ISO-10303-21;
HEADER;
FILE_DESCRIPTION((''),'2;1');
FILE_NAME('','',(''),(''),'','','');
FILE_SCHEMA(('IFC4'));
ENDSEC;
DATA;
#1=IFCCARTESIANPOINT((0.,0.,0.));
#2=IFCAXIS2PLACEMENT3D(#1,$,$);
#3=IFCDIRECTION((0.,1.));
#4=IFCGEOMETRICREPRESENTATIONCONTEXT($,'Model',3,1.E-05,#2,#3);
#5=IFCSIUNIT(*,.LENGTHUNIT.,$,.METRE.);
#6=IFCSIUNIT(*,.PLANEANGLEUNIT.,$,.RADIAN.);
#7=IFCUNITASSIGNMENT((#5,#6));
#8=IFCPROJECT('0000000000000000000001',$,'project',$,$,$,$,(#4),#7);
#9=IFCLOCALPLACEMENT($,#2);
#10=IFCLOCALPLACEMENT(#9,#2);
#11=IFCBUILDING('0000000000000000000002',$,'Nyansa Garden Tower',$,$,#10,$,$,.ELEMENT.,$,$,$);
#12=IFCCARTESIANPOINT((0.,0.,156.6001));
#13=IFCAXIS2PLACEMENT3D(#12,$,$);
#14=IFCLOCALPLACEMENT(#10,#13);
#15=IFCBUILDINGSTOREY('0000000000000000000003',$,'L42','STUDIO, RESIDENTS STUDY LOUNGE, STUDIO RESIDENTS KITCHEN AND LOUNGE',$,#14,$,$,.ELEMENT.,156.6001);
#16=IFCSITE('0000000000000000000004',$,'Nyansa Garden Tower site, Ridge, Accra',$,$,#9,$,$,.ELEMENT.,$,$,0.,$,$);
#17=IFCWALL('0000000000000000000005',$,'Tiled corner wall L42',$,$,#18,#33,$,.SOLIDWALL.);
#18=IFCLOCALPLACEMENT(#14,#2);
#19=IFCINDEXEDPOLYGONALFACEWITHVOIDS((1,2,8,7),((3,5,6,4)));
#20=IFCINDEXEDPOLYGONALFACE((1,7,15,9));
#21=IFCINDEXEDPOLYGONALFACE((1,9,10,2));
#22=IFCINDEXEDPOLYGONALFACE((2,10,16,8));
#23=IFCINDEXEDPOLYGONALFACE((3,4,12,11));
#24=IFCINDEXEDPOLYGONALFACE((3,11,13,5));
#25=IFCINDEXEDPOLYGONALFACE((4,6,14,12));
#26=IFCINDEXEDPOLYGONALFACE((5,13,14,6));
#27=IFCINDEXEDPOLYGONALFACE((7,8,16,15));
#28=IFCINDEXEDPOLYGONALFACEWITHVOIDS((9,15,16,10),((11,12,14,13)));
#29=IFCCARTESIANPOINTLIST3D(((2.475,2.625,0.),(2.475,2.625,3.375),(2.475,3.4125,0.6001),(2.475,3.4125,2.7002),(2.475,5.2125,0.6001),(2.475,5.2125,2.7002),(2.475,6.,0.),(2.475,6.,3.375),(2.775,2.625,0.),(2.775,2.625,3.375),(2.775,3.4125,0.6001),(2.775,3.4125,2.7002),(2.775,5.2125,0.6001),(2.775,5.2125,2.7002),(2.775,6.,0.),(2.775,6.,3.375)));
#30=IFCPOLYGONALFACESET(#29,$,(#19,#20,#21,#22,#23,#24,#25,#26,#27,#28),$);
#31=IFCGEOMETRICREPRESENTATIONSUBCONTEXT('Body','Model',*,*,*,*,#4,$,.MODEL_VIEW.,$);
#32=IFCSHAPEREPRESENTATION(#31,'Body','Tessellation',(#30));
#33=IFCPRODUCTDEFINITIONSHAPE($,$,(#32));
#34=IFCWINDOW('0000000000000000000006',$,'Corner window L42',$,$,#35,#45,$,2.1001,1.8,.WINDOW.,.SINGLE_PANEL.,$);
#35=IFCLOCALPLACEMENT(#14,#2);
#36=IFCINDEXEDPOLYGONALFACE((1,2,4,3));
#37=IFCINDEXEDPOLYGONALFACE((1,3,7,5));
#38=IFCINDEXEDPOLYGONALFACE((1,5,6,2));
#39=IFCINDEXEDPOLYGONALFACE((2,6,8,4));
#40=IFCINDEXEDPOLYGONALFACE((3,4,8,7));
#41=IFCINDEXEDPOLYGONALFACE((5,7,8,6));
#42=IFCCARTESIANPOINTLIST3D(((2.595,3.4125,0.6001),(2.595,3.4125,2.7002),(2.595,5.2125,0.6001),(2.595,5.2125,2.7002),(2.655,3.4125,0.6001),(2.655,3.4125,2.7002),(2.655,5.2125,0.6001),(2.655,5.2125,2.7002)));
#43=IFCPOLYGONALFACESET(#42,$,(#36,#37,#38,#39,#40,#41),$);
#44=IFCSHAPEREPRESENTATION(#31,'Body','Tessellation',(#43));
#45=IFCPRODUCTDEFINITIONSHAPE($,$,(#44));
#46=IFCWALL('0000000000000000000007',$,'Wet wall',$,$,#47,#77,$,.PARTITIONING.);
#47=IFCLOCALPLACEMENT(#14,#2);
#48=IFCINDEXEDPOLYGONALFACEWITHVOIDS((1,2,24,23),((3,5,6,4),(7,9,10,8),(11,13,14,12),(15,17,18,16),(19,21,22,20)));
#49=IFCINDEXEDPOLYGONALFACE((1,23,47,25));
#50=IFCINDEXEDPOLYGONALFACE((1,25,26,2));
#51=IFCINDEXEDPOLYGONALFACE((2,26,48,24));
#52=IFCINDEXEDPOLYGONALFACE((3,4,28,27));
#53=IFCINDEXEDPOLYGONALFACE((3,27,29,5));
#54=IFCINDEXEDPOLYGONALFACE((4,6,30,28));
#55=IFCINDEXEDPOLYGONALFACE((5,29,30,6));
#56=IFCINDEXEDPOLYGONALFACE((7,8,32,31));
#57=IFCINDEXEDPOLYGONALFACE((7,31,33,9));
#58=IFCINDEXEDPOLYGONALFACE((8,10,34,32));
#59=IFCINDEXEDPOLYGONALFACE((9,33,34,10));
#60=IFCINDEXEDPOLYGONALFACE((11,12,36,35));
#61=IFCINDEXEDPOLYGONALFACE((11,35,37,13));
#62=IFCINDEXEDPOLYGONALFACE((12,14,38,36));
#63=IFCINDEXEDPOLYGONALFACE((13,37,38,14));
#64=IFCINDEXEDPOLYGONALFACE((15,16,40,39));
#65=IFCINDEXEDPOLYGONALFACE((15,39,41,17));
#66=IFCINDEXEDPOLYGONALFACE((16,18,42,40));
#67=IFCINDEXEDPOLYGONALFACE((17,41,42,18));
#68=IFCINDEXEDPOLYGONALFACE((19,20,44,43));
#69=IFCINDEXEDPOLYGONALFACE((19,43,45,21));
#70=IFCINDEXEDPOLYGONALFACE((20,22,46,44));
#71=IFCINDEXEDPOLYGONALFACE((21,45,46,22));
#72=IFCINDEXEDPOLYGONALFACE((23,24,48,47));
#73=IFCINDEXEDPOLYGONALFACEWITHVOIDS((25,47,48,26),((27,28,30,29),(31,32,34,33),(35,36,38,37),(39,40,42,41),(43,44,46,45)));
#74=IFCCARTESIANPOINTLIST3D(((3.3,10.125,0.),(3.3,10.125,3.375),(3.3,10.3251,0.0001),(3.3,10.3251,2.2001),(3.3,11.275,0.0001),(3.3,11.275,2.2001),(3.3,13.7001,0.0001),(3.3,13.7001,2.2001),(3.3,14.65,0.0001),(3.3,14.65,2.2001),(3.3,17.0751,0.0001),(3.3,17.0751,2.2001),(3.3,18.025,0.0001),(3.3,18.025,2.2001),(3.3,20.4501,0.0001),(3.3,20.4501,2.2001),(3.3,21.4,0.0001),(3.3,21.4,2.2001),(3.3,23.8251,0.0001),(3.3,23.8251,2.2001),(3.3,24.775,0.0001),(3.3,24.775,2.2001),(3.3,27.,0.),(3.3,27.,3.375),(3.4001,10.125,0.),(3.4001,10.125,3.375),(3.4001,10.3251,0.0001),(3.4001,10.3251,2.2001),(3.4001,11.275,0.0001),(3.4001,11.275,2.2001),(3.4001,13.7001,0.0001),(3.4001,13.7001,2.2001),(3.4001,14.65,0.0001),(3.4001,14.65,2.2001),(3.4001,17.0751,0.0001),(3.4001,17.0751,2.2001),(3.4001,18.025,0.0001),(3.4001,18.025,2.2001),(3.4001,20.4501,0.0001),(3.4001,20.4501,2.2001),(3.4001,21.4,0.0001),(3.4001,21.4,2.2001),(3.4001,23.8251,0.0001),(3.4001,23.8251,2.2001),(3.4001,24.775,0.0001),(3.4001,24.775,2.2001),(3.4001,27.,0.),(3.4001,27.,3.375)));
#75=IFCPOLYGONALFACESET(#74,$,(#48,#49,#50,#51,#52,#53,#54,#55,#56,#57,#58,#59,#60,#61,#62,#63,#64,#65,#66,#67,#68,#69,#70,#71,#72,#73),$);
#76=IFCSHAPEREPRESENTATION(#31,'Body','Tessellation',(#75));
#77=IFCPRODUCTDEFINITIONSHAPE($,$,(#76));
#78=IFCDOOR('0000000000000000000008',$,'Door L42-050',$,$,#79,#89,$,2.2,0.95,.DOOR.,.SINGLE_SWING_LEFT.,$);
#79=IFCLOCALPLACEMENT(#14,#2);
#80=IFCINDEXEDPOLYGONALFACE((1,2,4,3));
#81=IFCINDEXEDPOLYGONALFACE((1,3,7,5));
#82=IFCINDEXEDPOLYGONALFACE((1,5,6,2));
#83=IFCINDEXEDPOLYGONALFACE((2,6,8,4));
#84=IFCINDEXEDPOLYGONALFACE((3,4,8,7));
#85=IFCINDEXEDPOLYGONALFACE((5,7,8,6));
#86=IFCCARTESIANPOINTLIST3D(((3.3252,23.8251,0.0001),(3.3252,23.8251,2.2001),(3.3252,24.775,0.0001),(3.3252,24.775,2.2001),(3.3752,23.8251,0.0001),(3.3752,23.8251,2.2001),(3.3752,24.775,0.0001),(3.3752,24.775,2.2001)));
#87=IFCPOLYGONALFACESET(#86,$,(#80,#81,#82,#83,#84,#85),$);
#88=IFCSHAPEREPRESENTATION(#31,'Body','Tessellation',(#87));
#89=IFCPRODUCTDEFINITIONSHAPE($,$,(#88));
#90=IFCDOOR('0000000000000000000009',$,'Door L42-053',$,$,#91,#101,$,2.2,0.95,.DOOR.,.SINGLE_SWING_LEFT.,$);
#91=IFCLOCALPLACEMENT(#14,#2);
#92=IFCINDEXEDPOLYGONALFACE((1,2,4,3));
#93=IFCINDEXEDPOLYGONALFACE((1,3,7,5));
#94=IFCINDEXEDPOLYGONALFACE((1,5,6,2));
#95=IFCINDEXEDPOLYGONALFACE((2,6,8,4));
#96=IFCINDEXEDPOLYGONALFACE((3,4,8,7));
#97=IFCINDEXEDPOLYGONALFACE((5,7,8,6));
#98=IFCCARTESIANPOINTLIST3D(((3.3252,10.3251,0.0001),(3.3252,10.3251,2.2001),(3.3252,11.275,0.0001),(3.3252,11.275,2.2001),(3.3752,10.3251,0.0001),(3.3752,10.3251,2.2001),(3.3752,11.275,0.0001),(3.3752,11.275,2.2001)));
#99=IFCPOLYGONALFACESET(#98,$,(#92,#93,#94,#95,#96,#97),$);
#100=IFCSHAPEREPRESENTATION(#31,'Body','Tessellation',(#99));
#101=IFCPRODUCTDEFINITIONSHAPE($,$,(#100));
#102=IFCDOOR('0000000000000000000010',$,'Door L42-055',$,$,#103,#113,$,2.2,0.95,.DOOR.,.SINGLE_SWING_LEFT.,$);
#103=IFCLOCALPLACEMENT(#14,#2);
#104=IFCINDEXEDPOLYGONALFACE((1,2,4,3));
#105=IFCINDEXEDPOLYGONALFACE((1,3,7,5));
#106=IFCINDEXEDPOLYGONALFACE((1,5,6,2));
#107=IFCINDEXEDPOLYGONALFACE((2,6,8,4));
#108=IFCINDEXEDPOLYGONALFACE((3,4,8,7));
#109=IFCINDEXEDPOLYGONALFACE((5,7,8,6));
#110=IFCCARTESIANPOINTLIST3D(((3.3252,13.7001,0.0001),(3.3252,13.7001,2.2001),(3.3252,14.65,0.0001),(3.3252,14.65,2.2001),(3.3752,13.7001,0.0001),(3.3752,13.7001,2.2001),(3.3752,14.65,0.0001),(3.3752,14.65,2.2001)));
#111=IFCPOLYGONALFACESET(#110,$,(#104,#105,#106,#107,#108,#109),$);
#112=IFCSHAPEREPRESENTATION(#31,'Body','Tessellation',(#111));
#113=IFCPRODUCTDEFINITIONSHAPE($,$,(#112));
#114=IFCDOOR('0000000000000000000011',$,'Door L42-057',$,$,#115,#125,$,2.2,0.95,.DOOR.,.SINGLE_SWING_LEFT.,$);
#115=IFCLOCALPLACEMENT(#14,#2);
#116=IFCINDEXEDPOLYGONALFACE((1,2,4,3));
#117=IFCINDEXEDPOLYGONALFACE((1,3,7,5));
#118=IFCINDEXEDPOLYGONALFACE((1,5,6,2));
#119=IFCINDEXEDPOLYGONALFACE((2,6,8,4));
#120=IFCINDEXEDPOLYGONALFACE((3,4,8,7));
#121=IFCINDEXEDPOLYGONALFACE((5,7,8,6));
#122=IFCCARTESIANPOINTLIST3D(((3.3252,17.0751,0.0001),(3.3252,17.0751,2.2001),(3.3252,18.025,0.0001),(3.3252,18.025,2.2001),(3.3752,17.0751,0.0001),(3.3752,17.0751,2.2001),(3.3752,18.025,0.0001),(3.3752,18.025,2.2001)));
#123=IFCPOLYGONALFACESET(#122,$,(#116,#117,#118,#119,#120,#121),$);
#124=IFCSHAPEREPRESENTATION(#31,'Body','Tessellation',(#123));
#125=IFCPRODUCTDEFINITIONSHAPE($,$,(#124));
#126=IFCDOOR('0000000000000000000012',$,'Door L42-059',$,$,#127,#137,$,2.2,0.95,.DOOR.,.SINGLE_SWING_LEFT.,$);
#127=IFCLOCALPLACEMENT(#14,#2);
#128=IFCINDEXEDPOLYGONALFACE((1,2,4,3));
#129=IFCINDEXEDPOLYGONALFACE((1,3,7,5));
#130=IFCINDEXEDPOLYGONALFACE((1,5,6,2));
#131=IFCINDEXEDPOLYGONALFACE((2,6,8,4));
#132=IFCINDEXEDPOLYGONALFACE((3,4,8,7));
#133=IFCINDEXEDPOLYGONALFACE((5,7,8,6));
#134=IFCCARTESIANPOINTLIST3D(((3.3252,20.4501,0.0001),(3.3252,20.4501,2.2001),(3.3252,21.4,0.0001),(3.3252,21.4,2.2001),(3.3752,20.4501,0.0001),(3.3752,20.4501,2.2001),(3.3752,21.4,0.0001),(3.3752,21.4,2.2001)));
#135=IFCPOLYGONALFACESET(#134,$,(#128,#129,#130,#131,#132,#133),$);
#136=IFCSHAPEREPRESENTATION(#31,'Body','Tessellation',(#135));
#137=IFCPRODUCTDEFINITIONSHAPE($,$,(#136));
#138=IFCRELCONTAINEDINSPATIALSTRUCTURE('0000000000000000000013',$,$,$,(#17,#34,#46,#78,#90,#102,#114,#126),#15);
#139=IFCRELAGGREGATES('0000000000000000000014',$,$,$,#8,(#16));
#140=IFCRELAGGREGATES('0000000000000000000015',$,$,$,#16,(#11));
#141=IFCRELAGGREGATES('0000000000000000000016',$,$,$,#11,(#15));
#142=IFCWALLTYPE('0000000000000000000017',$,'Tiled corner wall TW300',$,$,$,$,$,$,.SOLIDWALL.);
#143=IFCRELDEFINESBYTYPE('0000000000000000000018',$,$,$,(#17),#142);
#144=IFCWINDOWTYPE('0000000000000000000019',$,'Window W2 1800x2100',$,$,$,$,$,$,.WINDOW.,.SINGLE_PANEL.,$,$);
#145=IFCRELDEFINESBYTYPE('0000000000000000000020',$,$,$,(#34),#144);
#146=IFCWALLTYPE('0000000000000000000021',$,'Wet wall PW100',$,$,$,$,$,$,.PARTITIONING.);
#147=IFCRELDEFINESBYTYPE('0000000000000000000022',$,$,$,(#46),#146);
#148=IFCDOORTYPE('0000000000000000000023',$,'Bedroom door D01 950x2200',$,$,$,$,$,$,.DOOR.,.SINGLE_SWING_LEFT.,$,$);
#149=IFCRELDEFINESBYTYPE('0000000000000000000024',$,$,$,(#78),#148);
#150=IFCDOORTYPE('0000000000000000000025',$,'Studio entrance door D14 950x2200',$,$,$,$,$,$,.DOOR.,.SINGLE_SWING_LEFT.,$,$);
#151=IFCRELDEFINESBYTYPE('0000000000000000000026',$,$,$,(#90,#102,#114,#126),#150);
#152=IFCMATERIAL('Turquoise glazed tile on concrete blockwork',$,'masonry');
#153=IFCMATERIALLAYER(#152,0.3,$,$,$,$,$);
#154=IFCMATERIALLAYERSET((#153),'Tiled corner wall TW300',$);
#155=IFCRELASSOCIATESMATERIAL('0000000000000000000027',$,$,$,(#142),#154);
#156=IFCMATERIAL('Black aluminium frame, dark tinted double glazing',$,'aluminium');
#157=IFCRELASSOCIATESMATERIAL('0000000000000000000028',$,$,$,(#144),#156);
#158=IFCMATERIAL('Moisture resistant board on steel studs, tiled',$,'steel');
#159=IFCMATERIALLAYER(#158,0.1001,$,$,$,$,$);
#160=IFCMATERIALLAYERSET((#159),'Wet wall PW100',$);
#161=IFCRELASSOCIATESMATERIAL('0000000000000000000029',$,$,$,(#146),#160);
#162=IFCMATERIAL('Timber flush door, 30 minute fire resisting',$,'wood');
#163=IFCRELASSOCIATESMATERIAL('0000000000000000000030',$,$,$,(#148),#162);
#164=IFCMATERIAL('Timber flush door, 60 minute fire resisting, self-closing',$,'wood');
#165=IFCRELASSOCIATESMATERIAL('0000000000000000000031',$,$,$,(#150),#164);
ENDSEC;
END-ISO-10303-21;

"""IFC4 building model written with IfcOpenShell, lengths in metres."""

from ifc_helpers import new_model, si_unit, direction, frame, frame_2d, origin, place, context, subcontext, project, spatial, rectangle, extrude, material, layer, layer_set, type_object, element, fill, save


model = new_model("IFC4")

# Units and contexts
model_context = context("Model", 3, precision=1e-05, world=origin(), true_north=direction((0.0, 1.0)))
body_context = subcontext(model_context, "Body", "Model", "MODEL_VIEW")
ifc_project = project(units=[si_unit("LENGTHUNIT", "METRE"), si_unit("PLANEANGLEUNIT", "RADIAN")], contexts=[model_context])

# Site, building, storey
site_placement = place(None, origin())
site = spatial("IfcSite", under=ifc_project, at=site_placement, Name="Nyansa Garden Tower site, Ridge, Accra", CompositionType="ELEMENT", RefElevation=0.0)
building_placement = place(site_placement, origin())
building = spatial("IfcBuilding", under=site, at=building_placement, Name="Nyansa Garden Tower", CompositionType="ELEMENT")
storey_placement = place(building_placement, frame((0.0, 0.0, 156.6001)))
storey = spatial("IfcBuildingStorey", under=building, at=storey_placement, Name="L42", Description="STUDIO, RESIDENTS STUDY LOUNGE, STUDIO RESIDENTS KITCHEN AND LOUNGE", CompositionType="ELEMENT", Elevation=156.6001)

# Wall, opening, window
ifc_material_1 = material(Name="Turquoise glazed tile on concrete blockwork", Category="masonry")
ifc_layer_1 = layer(ifc_material_1, 0.3)
ifc_layer_set_1 = layer_set([ifc_layer_1], Name="Tiled corner wall TW300")
wall_type_1 = type_object("IfcWallType", Name="Tiled corner wall TW300", PredefinedType="SOLIDWALL", material=ifc_layer_set_1)
wall_1_placement = place(storey_placement, frame((2.625, 6.0, 0.0), z_axis=(0.0, 0.0, 1.0), x_axis=(0.0, -1.0, 0.0)))
wall_1 = element("IfcWall", 1, at=wall_1_placement, inside=storey, type_object=wall_type_1, Name="Tiled corner wall L42", PredefinedType="SOLIDWALL", context=body_context, shape_type="SweptSolid", body=[
    extrude(rectangle(XDim=3.375, YDim=0.3, at=frame_2d((1.6875, 0.0))), origin(), (0.0, 0.0, 1.0), 3.375),
])
opening_1_placement = place(wall_1_placement, frame((0.7876, 0.0, 0.6001)))
opening_1 = element("IfcOpeningElement", 2, at=opening_1_placement, cuts=wall_1, PredefinedType="OPENING", context=body_context, shape_type="SweptSolid", body=[
    extrude(rectangle(XDim=1.8, YDim=2.1001, at=frame_2d((0.8999, 1.05))), frame((0.0, 0.1599, 0.0), z_axis=(0.0, -1.0, 0.0), x_axis=(1.0, 0.0, 0.0)), (0.0, 0.0, 1.0), 0.3201),
])
ifc_material_2 = material(Name="Black aluminium frame, dark tinted double glazing", Category="aluminium")
window_type = type_object("IfcWindowType", Name="Window W2 1800x2100", PartitioningType="SINGLE_PANEL", PredefinedType="WINDOW", material=ifc_material_2)
window_placement = place(opening_1_placement, origin())
window = element("IfcWindow", 3, at=window_placement, inside=storey, type_object=window_type, Name="Corner window L42", OverallHeight=2.1001, OverallWidth=1.8, PartitioningType="SINGLE_PANEL", PredefinedType="WINDOW", context=body_context, shape_type="SweptSolid", body=[
    extrude(rectangle(XDim=1.8, YDim=2.1001, at=frame_2d((0.8999, 1.05))), frame((0.0, 0.03, 0.0), z_axis=(0.0, -1.0, 0.0), x_axis=(1.0, 0.0, 0.0)), (0.0, 0.0, 1.0), 0.0601),
])
fill(opening_1, window)

# Wall, openings, doors
ifc_material_3 = material(Name="Moisture resistant board on steel studs, tiled", Category="steel")
ifc_layer_2 = layer(ifc_material_3, 0.1001)
ifc_layer_set_2 = layer_set([ifc_layer_2], Name="Wet wall PW100")
wall_type_2 = type_object("IfcWallType", Name="Wet wall PW100", PredefinedType="PARTITIONING", material=ifc_layer_set_2)
wall_2_placement = place(storey_placement, frame((3.3501, 10.125, 0.0), z_axis=(0.0, 0.0, 1.0), x_axis=(0.0, 1.0, 0.0)))
wall_2 = element("IfcWall", 4, at=wall_2_placement, inside=storey, type_object=wall_type_2, Name="Wet wall", PredefinedType="PARTITIONING", context=body_context, shape_type="SweptSolid", body=[
    extrude(rectangle(XDim=16.875, YDim=0.1001, at=frame_2d((8.4375, 0.0))), origin(), (0.0, 0.0, 1.0), 3.375),
])
opening_2_placement = place(wall_2_placement, frame((13.7, 0.0, 0.0)))
opening_2 = element("IfcOpeningElement", 5, at=opening_2_placement, cuts=wall_2, PredefinedType="OPENING", context=body_context, shape_type="SweptSolid", body=[
    extrude(rectangle(XDim=0.95, YDim=2.2, at=frame_2d((0.4751, 1.1001))), frame((0.0, 0.0601, 0.0), z_axis=(0.0, -1.0, 0.0), x_axis=(1.0, 0.0, 0.0)), (0.0, 0.0, 1.0), 0.1201),
])
opening_3_placement = place(wall_2_placement, frame((0.2, 0.0, 0.0)))
opening_3 = element("IfcOpeningElement", 6, at=opening_3_placement, cuts=wall_2, PredefinedType="OPENING", context=body_context, shape_type="SweptSolid", body=[
    extrude(rectangle(XDim=0.95, YDim=2.2, at=frame_2d((0.4751, 1.1001))), frame((0.0, 0.0601, 0.0), z_axis=(0.0, -1.0, 0.0), x_axis=(1.0, 0.0, 0.0)), (0.0, 0.0, 1.0), 0.1201),
])
opening_4_placement = place(wall_2_placement, frame((3.575, 0.0, 0.0)))
opening_4 = element("IfcOpeningElement", 7, at=opening_4_placement, cuts=wall_2, PredefinedType="OPENING", context=body_context, shape_type="SweptSolid", body=[
    extrude(rectangle(XDim=0.95, YDim=2.2, at=frame_2d((0.4751, 1.1001))), frame((0.0, 0.0601, 0.0), z_axis=(0.0, -1.0, 0.0), x_axis=(1.0, 0.0, 0.0)), (0.0, 0.0, 1.0), 0.1201),
])
opening_5_placement = place(wall_2_placement, frame((6.95, 0.0, 0.0)))
opening_5 = element("IfcOpeningElement", 8, at=opening_5_placement, cuts=wall_2, PredefinedType="OPENING", context=body_context, shape_type="SweptSolid", body=[
    extrude(rectangle(XDim=0.95, YDim=2.2, at=frame_2d((0.4751, 1.1001))), frame((0.0, 0.0601, 0.0), z_axis=(0.0, -1.0, 0.0), x_axis=(1.0, 0.0, 0.0)), (0.0, 0.0, 1.0), 0.1201),
])
opening_6_placement = place(wall_2_placement, frame((10.325, 0.0, 0.0)))
opening_6 = element("IfcOpeningElement", 9, at=opening_6_placement, cuts=wall_2, PredefinedType="OPENING", context=body_context, shape_type="SweptSolid", body=[
    extrude(rectangle(XDim=0.95, YDim=2.2, at=frame_2d((0.4751, 1.1001))), frame((0.0, 0.0601, 0.0), z_axis=(0.0, -1.0, 0.0), x_axis=(1.0, 0.0, 0.0)), (0.0, 0.0, 1.0), 0.1201),
])
ifc_material_4 = material(Name="Timber flush door, 30 minute fire resisting", Category="wood")
door_type_1 = type_object("IfcDoorType", Name="Bedroom door D01 950x2200", OperationType="SINGLE_SWING_LEFT", PredefinedType="DOOR", material=ifc_material_4)
door_1_placement = place(opening_2_placement, origin())
door_1 = element("IfcDoor", 10, at=door_1_placement, inside=storey, type_object=door_type_1, Name="Door L42-050", OperationType="SINGLE_SWING_LEFT", OverallHeight=2.2, OverallWidth=0.95, PredefinedType="DOOR", context=body_context, shape_type="SweptSolid", body=[
    extrude(rectangle(XDim=0.95, YDim=2.2, at=frame_2d((0.4751, 1.1001))), frame((0.0, 0.0249, 0.0), z_axis=(0.0, -1.0, 0.0), x_axis=(1.0, 0.0, 0.0)), (0.0, 0.0, 1.0), 0.05),
])
fill(opening_2, door_1)
ifc_material_5 = material(Name="Timber flush door, 60 minute fire resisting, self-closing", Category="wood")
door_type_2 = type_object("IfcDoorType", Name="Studio entrance door D14 950x2200", OperationType="SINGLE_SWING_LEFT", PredefinedType="DOOR", material=ifc_material_5)
door_2_placement = place(opening_3_placement, origin())
door_2 = element("IfcDoor", 11, at=door_2_placement, inside=storey, type_object=door_type_2, Name="Door L42-053", OperationType="SINGLE_SWING_LEFT", OverallHeight=2.2, OverallWidth=0.95, PredefinedType="DOOR", context=body_context, shape_type="SweptSolid", body=[
    extrude(rectangle(XDim=0.95, YDim=2.2, at=frame_2d((0.4751, 1.1001))), frame((0.0, 0.0249, 0.0), z_axis=(0.0, -1.0, 0.0), x_axis=(1.0, 0.0, 0.0)), (0.0, 0.0, 1.0), 0.05),
])
fill(opening_3, door_2)
door_3_placement = place(opening_4_placement, origin())
door_3 = element("IfcDoor", 12, at=door_3_placement, inside=storey, type_object=door_type_2, Name="Door L42-055", OperationType="SINGLE_SWING_LEFT", OverallHeight=2.2, OverallWidth=0.95, PredefinedType="DOOR", context=body_context, shape_type="SweptSolid", body=[
    extrude(rectangle(XDim=0.95, YDim=2.2, at=frame_2d((0.4751, 1.1001))), frame((0.0, 0.0249, 0.0), z_axis=(0.0, -1.0, 0.0), x_axis=(1.0, 0.0, 0.0)), (0.0, 0.0, 1.0), 0.05),
])
fill(opening_4, door_3)
door_4_placement = place(opening_5_placement, origin())
door_4 = element("IfcDoor", 13, at=door_4_placement, inside=storey, type_object=door_type_2, Name="Door L42-057", OperationType="SINGLE_SWING_LEFT", OverallHeight=2.2, OverallWidth=0.95, PredefinedType="DOOR", context=body_context, shape_type="SweptSolid", body=[
    extrude(rectangle(XDim=0.95, YDim=2.2, at=frame_2d((0.4751, 1.1001))), frame((0.0, 0.0249, 0.0), z_axis=(0.0, -1.0, 0.0), x_axis=(1.0, 0.0, 0.0)), (0.0, 0.0, 1.0), 0.05),
])
fill(opening_5, door_4)
door_5_placement = place(opening_6_placement, origin())
door_5 = element("IfcDoor", 14, at=door_5_placement, inside=storey, type_object=door_type_2, Name="Door L42-059", OperationType="SINGLE_SWING_LEFT", OverallHeight=2.2, OverallWidth=0.95, PredefinedType="DOOR", context=body_context, shape_type="SweptSolid", body=[
    extrude(rectangle(XDim=0.95, YDim=2.2, at=frame_2d((0.4751, 1.1001))), frame((0.0, 0.0249, 0.0), z_axis=(0.0, -1.0, 0.0), x_axis=(1.0, 0.0, 0.0)), (0.0, 0.0, 1.0), 0.05),
])
fill(opening_6, door_5)

save(model, "model.ifc")
